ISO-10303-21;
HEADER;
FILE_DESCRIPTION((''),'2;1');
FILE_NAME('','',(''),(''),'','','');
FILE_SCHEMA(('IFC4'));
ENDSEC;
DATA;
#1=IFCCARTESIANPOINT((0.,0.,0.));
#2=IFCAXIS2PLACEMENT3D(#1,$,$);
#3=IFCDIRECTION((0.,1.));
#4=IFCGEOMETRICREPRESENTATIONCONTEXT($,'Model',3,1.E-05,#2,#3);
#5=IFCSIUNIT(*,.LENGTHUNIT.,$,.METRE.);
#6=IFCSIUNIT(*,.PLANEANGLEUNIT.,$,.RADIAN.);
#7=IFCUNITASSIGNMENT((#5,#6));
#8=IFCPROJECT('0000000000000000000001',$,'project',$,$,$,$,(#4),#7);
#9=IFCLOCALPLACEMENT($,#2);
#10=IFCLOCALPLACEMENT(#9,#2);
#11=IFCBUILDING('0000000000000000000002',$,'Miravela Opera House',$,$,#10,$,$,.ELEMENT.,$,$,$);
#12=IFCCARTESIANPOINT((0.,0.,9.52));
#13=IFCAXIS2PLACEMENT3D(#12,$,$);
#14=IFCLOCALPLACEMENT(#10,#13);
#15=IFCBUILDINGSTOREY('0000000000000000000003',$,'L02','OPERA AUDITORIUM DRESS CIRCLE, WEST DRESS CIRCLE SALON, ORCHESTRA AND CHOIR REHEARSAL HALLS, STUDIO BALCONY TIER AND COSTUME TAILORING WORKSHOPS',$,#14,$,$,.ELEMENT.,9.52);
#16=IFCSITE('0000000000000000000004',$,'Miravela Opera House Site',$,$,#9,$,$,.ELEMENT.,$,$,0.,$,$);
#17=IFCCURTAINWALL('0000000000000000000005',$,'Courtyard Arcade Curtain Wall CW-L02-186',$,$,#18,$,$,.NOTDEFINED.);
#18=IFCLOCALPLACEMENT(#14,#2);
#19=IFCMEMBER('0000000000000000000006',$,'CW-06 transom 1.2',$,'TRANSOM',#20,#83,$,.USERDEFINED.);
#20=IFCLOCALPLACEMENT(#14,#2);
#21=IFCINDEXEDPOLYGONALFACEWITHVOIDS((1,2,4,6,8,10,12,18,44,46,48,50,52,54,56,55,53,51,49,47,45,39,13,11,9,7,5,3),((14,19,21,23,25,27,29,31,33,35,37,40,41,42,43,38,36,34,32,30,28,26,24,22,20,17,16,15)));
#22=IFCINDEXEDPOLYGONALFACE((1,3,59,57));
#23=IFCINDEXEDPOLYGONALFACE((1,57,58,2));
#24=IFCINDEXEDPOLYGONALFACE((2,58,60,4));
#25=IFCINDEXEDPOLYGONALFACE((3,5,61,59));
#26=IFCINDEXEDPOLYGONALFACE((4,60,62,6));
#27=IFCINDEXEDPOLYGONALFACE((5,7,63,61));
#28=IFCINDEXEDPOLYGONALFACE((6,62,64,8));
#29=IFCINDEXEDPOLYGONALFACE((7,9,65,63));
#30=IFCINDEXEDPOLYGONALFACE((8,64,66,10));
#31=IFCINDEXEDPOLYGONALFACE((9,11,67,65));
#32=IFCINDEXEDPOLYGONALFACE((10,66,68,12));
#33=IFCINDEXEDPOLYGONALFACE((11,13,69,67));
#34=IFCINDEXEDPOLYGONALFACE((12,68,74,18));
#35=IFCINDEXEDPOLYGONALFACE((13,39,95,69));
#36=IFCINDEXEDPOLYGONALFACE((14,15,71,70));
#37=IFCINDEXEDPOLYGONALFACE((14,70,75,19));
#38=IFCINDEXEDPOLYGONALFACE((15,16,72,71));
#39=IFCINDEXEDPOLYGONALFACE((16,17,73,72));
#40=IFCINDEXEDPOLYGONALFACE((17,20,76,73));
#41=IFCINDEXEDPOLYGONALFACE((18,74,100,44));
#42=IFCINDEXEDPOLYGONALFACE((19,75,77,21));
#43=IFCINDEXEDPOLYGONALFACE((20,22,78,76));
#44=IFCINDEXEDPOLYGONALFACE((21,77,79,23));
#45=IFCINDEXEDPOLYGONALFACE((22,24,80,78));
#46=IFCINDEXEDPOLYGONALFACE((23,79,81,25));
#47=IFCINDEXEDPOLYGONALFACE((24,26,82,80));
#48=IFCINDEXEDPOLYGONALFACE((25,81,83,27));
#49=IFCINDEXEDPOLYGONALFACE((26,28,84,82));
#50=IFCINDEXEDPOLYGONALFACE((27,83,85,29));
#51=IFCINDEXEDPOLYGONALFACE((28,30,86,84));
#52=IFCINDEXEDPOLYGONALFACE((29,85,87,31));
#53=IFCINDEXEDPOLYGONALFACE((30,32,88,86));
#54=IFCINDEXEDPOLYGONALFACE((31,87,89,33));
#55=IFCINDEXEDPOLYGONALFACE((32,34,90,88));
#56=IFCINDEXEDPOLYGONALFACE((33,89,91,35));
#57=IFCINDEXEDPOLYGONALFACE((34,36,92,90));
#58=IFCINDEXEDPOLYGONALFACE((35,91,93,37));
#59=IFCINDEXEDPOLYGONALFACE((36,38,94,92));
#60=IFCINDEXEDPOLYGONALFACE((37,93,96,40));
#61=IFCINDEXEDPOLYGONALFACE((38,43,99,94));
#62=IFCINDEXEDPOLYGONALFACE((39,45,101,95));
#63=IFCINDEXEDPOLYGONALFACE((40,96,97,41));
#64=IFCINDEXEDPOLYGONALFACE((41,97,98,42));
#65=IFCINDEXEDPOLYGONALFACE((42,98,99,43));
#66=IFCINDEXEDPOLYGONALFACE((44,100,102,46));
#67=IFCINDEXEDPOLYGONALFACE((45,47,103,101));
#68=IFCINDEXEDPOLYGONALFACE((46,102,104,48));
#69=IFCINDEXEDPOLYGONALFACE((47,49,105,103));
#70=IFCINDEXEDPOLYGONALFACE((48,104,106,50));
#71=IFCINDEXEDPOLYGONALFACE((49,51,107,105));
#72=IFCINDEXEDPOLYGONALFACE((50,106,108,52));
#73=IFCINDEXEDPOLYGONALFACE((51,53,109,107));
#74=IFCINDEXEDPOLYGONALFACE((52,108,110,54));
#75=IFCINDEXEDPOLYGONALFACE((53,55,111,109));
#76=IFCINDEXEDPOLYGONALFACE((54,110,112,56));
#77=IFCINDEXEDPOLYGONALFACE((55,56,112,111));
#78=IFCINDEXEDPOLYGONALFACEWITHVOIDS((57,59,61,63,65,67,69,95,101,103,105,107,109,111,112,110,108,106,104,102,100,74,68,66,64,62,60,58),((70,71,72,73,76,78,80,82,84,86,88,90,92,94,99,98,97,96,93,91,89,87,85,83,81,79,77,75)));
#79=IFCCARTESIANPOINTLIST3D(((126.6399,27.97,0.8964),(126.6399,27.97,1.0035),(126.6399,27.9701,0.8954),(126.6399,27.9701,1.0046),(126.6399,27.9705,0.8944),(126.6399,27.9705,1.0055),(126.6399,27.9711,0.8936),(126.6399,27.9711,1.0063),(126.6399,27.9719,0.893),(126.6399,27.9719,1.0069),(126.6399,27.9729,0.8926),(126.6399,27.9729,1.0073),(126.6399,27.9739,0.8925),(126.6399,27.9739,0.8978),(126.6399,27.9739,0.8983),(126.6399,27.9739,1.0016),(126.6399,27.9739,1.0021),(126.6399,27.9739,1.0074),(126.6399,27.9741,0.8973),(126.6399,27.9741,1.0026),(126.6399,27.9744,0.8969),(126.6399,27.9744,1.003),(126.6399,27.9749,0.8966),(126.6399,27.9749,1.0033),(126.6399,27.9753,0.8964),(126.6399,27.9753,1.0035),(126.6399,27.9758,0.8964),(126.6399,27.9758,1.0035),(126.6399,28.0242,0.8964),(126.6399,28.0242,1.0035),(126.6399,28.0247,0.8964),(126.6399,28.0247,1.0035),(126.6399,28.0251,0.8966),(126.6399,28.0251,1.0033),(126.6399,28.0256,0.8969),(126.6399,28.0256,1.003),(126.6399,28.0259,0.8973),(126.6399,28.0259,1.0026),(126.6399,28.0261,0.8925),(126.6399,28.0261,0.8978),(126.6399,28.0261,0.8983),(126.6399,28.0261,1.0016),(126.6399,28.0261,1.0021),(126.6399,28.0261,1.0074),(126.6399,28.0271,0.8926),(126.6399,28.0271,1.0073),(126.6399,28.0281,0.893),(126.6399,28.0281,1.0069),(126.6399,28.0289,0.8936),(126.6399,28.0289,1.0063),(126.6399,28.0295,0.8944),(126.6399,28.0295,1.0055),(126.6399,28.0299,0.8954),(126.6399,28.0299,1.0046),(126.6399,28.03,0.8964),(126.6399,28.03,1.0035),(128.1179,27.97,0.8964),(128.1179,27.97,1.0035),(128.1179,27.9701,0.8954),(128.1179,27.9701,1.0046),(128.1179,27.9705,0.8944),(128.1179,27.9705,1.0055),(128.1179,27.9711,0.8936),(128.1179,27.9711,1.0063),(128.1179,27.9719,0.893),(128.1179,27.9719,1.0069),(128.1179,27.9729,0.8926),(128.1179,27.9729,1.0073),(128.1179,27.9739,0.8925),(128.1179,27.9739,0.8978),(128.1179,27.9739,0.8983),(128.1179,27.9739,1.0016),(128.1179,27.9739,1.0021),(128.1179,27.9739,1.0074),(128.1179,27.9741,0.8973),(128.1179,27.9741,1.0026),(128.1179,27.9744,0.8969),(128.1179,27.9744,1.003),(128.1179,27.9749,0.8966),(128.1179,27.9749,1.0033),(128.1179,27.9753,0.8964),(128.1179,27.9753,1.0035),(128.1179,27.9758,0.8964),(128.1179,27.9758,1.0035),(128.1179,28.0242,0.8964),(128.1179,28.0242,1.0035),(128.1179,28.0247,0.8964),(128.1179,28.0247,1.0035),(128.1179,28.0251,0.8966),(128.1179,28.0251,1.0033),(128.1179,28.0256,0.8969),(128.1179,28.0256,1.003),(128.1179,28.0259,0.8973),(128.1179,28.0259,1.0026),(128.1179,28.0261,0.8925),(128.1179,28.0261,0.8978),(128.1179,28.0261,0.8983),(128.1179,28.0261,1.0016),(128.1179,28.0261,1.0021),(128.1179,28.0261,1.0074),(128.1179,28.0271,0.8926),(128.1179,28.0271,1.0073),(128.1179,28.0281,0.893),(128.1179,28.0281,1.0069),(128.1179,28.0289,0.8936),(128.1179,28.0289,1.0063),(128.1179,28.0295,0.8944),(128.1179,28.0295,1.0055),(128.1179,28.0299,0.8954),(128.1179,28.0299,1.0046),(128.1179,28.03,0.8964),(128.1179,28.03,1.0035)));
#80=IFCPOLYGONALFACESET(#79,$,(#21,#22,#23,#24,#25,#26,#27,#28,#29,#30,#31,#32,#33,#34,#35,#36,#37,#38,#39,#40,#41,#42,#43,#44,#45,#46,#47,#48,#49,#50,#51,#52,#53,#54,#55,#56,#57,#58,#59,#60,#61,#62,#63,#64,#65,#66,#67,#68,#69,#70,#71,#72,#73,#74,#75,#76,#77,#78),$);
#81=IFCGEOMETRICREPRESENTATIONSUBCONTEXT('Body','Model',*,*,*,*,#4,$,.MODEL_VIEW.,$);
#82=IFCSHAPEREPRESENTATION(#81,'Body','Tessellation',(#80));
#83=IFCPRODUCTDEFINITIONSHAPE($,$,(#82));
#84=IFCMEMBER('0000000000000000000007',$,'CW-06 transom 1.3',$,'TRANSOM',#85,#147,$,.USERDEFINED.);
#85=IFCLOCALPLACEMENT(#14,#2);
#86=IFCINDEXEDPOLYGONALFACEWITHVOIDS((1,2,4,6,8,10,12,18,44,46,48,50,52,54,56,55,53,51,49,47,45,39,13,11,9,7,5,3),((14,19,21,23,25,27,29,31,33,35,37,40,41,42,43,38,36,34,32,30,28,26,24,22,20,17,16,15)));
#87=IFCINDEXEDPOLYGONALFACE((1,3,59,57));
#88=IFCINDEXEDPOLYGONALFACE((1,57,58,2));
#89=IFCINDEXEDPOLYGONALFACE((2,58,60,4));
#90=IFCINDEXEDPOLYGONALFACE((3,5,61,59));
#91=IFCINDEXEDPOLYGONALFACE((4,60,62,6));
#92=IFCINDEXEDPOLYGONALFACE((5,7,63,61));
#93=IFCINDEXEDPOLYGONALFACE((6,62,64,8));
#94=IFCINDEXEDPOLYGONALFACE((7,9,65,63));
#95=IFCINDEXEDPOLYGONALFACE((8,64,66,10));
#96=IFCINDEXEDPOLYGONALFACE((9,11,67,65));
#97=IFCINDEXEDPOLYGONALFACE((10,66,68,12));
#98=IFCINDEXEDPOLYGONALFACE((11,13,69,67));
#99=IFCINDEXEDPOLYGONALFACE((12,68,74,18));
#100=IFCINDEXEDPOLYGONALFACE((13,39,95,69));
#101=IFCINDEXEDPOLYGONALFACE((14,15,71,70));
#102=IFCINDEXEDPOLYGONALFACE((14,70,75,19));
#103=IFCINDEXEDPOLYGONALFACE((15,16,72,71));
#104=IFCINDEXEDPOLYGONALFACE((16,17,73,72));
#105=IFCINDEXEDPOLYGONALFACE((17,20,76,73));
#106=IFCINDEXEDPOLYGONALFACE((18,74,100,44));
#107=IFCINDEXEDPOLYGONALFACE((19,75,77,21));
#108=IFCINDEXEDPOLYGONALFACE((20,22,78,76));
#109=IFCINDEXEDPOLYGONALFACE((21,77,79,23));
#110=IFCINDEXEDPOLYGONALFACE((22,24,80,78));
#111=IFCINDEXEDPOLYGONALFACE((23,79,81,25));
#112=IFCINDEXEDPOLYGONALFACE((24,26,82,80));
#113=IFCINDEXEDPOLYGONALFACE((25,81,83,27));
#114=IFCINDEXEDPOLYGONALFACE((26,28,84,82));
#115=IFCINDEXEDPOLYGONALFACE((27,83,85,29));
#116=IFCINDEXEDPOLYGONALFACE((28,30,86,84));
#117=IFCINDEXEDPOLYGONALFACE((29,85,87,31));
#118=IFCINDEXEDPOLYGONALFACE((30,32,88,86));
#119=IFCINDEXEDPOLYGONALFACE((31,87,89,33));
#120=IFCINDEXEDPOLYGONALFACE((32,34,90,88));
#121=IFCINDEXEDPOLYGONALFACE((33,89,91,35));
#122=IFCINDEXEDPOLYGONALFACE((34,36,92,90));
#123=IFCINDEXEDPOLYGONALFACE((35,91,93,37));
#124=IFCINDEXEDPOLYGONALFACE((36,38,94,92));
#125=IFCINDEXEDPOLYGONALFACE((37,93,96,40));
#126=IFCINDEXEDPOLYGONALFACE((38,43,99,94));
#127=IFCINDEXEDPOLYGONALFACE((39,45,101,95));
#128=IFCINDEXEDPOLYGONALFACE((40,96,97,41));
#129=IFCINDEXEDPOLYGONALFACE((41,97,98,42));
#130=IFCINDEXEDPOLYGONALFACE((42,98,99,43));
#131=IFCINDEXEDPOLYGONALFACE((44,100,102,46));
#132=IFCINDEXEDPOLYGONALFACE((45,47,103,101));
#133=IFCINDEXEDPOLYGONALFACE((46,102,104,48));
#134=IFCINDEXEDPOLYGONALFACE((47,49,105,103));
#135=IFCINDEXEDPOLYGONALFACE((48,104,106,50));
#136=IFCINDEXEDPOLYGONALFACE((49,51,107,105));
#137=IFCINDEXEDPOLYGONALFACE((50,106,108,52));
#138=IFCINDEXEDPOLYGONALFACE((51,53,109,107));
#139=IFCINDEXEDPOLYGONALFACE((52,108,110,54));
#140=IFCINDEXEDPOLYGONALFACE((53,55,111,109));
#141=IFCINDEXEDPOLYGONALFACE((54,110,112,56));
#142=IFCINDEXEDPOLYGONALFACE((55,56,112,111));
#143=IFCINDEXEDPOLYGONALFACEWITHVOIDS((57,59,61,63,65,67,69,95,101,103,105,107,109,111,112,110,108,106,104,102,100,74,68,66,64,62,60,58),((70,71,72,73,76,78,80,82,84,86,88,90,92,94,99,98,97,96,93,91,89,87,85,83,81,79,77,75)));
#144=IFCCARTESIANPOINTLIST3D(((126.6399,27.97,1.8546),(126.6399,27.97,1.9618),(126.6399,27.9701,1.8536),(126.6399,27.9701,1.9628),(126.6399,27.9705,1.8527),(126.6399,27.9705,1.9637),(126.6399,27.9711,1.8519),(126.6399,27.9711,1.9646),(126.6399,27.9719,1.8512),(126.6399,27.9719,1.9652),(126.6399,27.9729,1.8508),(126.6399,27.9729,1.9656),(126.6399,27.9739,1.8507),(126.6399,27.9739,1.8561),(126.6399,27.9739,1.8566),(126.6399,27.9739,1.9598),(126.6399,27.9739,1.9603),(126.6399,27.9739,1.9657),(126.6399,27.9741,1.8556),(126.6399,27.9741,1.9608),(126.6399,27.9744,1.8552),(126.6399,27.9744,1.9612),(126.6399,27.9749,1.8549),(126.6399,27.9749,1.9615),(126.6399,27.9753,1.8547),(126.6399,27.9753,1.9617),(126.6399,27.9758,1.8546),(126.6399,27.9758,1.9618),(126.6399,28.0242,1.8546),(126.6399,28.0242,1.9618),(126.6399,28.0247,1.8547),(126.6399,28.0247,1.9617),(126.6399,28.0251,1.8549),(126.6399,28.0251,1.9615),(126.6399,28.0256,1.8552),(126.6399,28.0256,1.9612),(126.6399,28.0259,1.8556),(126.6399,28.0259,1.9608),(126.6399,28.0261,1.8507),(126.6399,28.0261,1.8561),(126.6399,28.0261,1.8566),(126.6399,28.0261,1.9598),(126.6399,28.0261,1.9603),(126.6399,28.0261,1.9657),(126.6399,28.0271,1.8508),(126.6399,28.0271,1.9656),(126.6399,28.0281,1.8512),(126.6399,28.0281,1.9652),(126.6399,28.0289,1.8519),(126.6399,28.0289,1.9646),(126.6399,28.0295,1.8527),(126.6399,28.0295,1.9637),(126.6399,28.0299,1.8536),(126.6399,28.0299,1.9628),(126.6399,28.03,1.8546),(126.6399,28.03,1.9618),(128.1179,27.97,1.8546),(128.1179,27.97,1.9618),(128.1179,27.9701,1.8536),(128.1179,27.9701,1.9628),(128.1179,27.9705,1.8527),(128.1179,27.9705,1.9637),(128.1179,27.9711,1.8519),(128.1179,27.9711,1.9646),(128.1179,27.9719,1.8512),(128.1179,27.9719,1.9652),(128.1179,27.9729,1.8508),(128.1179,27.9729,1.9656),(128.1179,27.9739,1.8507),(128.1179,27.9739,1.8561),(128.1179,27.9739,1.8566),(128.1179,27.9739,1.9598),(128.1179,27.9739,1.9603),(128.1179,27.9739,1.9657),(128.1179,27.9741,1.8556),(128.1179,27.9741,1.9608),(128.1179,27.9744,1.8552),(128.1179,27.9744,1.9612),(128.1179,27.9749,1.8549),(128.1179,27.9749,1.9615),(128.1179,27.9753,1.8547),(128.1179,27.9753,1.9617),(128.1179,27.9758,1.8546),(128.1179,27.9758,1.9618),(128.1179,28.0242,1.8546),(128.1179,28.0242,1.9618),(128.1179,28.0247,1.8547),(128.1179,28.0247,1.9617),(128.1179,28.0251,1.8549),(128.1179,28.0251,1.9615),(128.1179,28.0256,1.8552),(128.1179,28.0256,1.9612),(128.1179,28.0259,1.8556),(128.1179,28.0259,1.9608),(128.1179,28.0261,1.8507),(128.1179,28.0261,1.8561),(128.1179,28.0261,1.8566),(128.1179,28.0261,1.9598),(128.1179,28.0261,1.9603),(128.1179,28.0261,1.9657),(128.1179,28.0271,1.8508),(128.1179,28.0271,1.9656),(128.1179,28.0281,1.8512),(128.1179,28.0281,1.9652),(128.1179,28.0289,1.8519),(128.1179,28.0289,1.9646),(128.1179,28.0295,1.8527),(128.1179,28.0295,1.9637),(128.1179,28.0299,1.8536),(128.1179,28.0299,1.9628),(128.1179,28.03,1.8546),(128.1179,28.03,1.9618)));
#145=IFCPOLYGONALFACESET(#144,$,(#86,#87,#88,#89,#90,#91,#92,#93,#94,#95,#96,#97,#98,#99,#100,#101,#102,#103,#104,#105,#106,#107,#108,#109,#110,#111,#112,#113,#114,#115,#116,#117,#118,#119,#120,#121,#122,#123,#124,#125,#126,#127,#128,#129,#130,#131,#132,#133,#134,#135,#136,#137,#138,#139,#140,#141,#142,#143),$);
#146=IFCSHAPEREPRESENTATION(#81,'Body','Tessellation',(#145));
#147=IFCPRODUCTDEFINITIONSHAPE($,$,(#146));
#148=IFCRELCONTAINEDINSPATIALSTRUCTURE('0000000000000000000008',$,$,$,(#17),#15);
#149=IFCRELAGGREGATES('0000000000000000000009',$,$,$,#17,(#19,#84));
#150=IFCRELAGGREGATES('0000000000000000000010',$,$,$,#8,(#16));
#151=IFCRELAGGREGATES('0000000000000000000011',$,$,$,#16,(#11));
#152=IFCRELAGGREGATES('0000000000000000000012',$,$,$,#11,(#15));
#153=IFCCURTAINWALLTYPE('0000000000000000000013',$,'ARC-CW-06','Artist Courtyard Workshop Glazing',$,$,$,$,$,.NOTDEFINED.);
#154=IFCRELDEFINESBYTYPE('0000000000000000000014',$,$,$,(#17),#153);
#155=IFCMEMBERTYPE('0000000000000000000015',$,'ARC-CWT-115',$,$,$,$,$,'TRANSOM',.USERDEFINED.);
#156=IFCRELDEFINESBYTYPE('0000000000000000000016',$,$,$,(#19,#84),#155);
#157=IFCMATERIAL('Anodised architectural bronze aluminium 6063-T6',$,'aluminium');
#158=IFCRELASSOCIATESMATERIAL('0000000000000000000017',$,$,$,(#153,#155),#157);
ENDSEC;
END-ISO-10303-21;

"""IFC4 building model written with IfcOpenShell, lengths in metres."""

from ifc_helpers import new_model, si_unit, direction, frame, origin, origin_2d, place, context, subcontext, project, spatial, hollow_rectangle, extrude, material, material_profile, profile_set, type_object, element, aggregate, save


model = new_model("IFC4")

# Units and contexts
model_context = context("Model", 3, precision=1e-05, world=origin(), true_north=direction((0.0, 1.0)))
body_context = subcontext(model_context, "Body", "Model", "MODEL_VIEW")
ifc_project = project(units=[si_unit("LENGTHUNIT", "METRE"), si_unit("PLANEANGLEUNIT", "RADIAN")], contexts=[model_context])

# Site, building, storey
site_placement = place(None, origin())
site = spatial("IfcSite", under=ifc_project, at=site_placement, Name="Miravela Opera House Site", CompositionType="ELEMENT", RefElevation=0.0)
building_placement = place(site_placement, origin())
building = spatial("IfcBuilding", under=site, at=building_placement, Name="Miravela Opera House", CompositionType="ELEMENT")
storey_placement = place(building_placement, frame((0.0, 0.0, 9.52)))
storey = spatial("IfcBuildingStorey", under=building, at=storey_placement, Name="L02", Description="OPERA AUDITORIUM DRESS CIRCLE, WEST DRESS CIRCLE SALON, ORCHESTRA AND CHOIR REHEARSAL HALLS, STUDIO BALCONY TIER AND COSTUME TAILORING WORKSHOPS", CompositionType="ELEMENT", Elevation=9.52)

# Curtain wall, members
ifc_material_1 = material(Name="Anodised architectural bronze aluminium 6063-T6", Category="aluminium")
curtain_wall_type = type_object("IfcCurtainWallType", Name="ARC-CW-06", Description="Artist Courtyard Workshop Glazing", PredefinedType="NOTDEFINED", material=ifc_material_1)
curtain_wall_placement = place(storey_placement, origin())
curtain_wall = element("IfcCurtainWall", 1, at=curtain_wall_placement, inside=storey, type_object=curtain_wall_type, Name="Courtyard Arcade Curtain Wall CW-L02-186", PredefinedType="NOTDEFINED")
ifc_material_profile_1 = material_profile(ifc_material_1, hollow_rectangle(XDim=0.0601, YDim=0.115, WallThickness=0.0039, InnerFilletRadius=0.002, OuterFilletRadius=0.0039, at=origin_2d()), Name="CWT-60X115")
ifc_profile_set_1 = profile_set([ifc_material_profile_1])
member_type_1 = type_object("IfcMemberType", Name="ARC-CWT-115", ElementType="TRANSOM", PredefinedType="USERDEFINED", material=ifc_profile_set_1)
member_1_placement = place(storey_placement, frame((126.6399, 28.0, 0.95), z_axis=(1.0, 0.0, 0.0), x_axis=(0.0, 1.0, 0.0)))
member_1 = element("IfcMember", 2, at=member_1_placement, type_object=member_type_1, Name="CW-06 transom 1.2", ObjectType="TRANSOM", PredefinedType="USERDEFINED", context=body_context, shape_type="SweptSolid", body=[
    extrude(hollow_rectangle(XDim=0.0601, YDim=0.115, WallThickness=0.0039, InnerFilletRadius=0.002, OuterFilletRadius=0.0039, at=origin_2d()), origin(), (0.0, 0.0, 1.0), 1.478),
])
member_2_placement = place(storey_placement, frame((126.6399, 28.0, 1.9082), z_axis=(1.0, 0.0, 0.0), x_axis=(0.0, 1.0, 0.0)))
member_2 = element("IfcMember", 3, at=member_2_placement, type_object=member_type_1, Name="CW-06 transom 1.3", ObjectType="TRANSOM", PredefinedType="USERDEFINED", context=body_context, shape_type="SweptSolid", body=[
    extrude(hollow_rectangle(XDim=0.0601, YDim=0.115, WallThickness=0.0039, InnerFilletRadius=0.002, OuterFilletRadius=0.0039, at=origin_2d()), origin(), (0.0, 0.0, 1.0), 1.478),
])

aggregate(curtain_wall, [member_1, member_2])

save(model, "model.ifc")
